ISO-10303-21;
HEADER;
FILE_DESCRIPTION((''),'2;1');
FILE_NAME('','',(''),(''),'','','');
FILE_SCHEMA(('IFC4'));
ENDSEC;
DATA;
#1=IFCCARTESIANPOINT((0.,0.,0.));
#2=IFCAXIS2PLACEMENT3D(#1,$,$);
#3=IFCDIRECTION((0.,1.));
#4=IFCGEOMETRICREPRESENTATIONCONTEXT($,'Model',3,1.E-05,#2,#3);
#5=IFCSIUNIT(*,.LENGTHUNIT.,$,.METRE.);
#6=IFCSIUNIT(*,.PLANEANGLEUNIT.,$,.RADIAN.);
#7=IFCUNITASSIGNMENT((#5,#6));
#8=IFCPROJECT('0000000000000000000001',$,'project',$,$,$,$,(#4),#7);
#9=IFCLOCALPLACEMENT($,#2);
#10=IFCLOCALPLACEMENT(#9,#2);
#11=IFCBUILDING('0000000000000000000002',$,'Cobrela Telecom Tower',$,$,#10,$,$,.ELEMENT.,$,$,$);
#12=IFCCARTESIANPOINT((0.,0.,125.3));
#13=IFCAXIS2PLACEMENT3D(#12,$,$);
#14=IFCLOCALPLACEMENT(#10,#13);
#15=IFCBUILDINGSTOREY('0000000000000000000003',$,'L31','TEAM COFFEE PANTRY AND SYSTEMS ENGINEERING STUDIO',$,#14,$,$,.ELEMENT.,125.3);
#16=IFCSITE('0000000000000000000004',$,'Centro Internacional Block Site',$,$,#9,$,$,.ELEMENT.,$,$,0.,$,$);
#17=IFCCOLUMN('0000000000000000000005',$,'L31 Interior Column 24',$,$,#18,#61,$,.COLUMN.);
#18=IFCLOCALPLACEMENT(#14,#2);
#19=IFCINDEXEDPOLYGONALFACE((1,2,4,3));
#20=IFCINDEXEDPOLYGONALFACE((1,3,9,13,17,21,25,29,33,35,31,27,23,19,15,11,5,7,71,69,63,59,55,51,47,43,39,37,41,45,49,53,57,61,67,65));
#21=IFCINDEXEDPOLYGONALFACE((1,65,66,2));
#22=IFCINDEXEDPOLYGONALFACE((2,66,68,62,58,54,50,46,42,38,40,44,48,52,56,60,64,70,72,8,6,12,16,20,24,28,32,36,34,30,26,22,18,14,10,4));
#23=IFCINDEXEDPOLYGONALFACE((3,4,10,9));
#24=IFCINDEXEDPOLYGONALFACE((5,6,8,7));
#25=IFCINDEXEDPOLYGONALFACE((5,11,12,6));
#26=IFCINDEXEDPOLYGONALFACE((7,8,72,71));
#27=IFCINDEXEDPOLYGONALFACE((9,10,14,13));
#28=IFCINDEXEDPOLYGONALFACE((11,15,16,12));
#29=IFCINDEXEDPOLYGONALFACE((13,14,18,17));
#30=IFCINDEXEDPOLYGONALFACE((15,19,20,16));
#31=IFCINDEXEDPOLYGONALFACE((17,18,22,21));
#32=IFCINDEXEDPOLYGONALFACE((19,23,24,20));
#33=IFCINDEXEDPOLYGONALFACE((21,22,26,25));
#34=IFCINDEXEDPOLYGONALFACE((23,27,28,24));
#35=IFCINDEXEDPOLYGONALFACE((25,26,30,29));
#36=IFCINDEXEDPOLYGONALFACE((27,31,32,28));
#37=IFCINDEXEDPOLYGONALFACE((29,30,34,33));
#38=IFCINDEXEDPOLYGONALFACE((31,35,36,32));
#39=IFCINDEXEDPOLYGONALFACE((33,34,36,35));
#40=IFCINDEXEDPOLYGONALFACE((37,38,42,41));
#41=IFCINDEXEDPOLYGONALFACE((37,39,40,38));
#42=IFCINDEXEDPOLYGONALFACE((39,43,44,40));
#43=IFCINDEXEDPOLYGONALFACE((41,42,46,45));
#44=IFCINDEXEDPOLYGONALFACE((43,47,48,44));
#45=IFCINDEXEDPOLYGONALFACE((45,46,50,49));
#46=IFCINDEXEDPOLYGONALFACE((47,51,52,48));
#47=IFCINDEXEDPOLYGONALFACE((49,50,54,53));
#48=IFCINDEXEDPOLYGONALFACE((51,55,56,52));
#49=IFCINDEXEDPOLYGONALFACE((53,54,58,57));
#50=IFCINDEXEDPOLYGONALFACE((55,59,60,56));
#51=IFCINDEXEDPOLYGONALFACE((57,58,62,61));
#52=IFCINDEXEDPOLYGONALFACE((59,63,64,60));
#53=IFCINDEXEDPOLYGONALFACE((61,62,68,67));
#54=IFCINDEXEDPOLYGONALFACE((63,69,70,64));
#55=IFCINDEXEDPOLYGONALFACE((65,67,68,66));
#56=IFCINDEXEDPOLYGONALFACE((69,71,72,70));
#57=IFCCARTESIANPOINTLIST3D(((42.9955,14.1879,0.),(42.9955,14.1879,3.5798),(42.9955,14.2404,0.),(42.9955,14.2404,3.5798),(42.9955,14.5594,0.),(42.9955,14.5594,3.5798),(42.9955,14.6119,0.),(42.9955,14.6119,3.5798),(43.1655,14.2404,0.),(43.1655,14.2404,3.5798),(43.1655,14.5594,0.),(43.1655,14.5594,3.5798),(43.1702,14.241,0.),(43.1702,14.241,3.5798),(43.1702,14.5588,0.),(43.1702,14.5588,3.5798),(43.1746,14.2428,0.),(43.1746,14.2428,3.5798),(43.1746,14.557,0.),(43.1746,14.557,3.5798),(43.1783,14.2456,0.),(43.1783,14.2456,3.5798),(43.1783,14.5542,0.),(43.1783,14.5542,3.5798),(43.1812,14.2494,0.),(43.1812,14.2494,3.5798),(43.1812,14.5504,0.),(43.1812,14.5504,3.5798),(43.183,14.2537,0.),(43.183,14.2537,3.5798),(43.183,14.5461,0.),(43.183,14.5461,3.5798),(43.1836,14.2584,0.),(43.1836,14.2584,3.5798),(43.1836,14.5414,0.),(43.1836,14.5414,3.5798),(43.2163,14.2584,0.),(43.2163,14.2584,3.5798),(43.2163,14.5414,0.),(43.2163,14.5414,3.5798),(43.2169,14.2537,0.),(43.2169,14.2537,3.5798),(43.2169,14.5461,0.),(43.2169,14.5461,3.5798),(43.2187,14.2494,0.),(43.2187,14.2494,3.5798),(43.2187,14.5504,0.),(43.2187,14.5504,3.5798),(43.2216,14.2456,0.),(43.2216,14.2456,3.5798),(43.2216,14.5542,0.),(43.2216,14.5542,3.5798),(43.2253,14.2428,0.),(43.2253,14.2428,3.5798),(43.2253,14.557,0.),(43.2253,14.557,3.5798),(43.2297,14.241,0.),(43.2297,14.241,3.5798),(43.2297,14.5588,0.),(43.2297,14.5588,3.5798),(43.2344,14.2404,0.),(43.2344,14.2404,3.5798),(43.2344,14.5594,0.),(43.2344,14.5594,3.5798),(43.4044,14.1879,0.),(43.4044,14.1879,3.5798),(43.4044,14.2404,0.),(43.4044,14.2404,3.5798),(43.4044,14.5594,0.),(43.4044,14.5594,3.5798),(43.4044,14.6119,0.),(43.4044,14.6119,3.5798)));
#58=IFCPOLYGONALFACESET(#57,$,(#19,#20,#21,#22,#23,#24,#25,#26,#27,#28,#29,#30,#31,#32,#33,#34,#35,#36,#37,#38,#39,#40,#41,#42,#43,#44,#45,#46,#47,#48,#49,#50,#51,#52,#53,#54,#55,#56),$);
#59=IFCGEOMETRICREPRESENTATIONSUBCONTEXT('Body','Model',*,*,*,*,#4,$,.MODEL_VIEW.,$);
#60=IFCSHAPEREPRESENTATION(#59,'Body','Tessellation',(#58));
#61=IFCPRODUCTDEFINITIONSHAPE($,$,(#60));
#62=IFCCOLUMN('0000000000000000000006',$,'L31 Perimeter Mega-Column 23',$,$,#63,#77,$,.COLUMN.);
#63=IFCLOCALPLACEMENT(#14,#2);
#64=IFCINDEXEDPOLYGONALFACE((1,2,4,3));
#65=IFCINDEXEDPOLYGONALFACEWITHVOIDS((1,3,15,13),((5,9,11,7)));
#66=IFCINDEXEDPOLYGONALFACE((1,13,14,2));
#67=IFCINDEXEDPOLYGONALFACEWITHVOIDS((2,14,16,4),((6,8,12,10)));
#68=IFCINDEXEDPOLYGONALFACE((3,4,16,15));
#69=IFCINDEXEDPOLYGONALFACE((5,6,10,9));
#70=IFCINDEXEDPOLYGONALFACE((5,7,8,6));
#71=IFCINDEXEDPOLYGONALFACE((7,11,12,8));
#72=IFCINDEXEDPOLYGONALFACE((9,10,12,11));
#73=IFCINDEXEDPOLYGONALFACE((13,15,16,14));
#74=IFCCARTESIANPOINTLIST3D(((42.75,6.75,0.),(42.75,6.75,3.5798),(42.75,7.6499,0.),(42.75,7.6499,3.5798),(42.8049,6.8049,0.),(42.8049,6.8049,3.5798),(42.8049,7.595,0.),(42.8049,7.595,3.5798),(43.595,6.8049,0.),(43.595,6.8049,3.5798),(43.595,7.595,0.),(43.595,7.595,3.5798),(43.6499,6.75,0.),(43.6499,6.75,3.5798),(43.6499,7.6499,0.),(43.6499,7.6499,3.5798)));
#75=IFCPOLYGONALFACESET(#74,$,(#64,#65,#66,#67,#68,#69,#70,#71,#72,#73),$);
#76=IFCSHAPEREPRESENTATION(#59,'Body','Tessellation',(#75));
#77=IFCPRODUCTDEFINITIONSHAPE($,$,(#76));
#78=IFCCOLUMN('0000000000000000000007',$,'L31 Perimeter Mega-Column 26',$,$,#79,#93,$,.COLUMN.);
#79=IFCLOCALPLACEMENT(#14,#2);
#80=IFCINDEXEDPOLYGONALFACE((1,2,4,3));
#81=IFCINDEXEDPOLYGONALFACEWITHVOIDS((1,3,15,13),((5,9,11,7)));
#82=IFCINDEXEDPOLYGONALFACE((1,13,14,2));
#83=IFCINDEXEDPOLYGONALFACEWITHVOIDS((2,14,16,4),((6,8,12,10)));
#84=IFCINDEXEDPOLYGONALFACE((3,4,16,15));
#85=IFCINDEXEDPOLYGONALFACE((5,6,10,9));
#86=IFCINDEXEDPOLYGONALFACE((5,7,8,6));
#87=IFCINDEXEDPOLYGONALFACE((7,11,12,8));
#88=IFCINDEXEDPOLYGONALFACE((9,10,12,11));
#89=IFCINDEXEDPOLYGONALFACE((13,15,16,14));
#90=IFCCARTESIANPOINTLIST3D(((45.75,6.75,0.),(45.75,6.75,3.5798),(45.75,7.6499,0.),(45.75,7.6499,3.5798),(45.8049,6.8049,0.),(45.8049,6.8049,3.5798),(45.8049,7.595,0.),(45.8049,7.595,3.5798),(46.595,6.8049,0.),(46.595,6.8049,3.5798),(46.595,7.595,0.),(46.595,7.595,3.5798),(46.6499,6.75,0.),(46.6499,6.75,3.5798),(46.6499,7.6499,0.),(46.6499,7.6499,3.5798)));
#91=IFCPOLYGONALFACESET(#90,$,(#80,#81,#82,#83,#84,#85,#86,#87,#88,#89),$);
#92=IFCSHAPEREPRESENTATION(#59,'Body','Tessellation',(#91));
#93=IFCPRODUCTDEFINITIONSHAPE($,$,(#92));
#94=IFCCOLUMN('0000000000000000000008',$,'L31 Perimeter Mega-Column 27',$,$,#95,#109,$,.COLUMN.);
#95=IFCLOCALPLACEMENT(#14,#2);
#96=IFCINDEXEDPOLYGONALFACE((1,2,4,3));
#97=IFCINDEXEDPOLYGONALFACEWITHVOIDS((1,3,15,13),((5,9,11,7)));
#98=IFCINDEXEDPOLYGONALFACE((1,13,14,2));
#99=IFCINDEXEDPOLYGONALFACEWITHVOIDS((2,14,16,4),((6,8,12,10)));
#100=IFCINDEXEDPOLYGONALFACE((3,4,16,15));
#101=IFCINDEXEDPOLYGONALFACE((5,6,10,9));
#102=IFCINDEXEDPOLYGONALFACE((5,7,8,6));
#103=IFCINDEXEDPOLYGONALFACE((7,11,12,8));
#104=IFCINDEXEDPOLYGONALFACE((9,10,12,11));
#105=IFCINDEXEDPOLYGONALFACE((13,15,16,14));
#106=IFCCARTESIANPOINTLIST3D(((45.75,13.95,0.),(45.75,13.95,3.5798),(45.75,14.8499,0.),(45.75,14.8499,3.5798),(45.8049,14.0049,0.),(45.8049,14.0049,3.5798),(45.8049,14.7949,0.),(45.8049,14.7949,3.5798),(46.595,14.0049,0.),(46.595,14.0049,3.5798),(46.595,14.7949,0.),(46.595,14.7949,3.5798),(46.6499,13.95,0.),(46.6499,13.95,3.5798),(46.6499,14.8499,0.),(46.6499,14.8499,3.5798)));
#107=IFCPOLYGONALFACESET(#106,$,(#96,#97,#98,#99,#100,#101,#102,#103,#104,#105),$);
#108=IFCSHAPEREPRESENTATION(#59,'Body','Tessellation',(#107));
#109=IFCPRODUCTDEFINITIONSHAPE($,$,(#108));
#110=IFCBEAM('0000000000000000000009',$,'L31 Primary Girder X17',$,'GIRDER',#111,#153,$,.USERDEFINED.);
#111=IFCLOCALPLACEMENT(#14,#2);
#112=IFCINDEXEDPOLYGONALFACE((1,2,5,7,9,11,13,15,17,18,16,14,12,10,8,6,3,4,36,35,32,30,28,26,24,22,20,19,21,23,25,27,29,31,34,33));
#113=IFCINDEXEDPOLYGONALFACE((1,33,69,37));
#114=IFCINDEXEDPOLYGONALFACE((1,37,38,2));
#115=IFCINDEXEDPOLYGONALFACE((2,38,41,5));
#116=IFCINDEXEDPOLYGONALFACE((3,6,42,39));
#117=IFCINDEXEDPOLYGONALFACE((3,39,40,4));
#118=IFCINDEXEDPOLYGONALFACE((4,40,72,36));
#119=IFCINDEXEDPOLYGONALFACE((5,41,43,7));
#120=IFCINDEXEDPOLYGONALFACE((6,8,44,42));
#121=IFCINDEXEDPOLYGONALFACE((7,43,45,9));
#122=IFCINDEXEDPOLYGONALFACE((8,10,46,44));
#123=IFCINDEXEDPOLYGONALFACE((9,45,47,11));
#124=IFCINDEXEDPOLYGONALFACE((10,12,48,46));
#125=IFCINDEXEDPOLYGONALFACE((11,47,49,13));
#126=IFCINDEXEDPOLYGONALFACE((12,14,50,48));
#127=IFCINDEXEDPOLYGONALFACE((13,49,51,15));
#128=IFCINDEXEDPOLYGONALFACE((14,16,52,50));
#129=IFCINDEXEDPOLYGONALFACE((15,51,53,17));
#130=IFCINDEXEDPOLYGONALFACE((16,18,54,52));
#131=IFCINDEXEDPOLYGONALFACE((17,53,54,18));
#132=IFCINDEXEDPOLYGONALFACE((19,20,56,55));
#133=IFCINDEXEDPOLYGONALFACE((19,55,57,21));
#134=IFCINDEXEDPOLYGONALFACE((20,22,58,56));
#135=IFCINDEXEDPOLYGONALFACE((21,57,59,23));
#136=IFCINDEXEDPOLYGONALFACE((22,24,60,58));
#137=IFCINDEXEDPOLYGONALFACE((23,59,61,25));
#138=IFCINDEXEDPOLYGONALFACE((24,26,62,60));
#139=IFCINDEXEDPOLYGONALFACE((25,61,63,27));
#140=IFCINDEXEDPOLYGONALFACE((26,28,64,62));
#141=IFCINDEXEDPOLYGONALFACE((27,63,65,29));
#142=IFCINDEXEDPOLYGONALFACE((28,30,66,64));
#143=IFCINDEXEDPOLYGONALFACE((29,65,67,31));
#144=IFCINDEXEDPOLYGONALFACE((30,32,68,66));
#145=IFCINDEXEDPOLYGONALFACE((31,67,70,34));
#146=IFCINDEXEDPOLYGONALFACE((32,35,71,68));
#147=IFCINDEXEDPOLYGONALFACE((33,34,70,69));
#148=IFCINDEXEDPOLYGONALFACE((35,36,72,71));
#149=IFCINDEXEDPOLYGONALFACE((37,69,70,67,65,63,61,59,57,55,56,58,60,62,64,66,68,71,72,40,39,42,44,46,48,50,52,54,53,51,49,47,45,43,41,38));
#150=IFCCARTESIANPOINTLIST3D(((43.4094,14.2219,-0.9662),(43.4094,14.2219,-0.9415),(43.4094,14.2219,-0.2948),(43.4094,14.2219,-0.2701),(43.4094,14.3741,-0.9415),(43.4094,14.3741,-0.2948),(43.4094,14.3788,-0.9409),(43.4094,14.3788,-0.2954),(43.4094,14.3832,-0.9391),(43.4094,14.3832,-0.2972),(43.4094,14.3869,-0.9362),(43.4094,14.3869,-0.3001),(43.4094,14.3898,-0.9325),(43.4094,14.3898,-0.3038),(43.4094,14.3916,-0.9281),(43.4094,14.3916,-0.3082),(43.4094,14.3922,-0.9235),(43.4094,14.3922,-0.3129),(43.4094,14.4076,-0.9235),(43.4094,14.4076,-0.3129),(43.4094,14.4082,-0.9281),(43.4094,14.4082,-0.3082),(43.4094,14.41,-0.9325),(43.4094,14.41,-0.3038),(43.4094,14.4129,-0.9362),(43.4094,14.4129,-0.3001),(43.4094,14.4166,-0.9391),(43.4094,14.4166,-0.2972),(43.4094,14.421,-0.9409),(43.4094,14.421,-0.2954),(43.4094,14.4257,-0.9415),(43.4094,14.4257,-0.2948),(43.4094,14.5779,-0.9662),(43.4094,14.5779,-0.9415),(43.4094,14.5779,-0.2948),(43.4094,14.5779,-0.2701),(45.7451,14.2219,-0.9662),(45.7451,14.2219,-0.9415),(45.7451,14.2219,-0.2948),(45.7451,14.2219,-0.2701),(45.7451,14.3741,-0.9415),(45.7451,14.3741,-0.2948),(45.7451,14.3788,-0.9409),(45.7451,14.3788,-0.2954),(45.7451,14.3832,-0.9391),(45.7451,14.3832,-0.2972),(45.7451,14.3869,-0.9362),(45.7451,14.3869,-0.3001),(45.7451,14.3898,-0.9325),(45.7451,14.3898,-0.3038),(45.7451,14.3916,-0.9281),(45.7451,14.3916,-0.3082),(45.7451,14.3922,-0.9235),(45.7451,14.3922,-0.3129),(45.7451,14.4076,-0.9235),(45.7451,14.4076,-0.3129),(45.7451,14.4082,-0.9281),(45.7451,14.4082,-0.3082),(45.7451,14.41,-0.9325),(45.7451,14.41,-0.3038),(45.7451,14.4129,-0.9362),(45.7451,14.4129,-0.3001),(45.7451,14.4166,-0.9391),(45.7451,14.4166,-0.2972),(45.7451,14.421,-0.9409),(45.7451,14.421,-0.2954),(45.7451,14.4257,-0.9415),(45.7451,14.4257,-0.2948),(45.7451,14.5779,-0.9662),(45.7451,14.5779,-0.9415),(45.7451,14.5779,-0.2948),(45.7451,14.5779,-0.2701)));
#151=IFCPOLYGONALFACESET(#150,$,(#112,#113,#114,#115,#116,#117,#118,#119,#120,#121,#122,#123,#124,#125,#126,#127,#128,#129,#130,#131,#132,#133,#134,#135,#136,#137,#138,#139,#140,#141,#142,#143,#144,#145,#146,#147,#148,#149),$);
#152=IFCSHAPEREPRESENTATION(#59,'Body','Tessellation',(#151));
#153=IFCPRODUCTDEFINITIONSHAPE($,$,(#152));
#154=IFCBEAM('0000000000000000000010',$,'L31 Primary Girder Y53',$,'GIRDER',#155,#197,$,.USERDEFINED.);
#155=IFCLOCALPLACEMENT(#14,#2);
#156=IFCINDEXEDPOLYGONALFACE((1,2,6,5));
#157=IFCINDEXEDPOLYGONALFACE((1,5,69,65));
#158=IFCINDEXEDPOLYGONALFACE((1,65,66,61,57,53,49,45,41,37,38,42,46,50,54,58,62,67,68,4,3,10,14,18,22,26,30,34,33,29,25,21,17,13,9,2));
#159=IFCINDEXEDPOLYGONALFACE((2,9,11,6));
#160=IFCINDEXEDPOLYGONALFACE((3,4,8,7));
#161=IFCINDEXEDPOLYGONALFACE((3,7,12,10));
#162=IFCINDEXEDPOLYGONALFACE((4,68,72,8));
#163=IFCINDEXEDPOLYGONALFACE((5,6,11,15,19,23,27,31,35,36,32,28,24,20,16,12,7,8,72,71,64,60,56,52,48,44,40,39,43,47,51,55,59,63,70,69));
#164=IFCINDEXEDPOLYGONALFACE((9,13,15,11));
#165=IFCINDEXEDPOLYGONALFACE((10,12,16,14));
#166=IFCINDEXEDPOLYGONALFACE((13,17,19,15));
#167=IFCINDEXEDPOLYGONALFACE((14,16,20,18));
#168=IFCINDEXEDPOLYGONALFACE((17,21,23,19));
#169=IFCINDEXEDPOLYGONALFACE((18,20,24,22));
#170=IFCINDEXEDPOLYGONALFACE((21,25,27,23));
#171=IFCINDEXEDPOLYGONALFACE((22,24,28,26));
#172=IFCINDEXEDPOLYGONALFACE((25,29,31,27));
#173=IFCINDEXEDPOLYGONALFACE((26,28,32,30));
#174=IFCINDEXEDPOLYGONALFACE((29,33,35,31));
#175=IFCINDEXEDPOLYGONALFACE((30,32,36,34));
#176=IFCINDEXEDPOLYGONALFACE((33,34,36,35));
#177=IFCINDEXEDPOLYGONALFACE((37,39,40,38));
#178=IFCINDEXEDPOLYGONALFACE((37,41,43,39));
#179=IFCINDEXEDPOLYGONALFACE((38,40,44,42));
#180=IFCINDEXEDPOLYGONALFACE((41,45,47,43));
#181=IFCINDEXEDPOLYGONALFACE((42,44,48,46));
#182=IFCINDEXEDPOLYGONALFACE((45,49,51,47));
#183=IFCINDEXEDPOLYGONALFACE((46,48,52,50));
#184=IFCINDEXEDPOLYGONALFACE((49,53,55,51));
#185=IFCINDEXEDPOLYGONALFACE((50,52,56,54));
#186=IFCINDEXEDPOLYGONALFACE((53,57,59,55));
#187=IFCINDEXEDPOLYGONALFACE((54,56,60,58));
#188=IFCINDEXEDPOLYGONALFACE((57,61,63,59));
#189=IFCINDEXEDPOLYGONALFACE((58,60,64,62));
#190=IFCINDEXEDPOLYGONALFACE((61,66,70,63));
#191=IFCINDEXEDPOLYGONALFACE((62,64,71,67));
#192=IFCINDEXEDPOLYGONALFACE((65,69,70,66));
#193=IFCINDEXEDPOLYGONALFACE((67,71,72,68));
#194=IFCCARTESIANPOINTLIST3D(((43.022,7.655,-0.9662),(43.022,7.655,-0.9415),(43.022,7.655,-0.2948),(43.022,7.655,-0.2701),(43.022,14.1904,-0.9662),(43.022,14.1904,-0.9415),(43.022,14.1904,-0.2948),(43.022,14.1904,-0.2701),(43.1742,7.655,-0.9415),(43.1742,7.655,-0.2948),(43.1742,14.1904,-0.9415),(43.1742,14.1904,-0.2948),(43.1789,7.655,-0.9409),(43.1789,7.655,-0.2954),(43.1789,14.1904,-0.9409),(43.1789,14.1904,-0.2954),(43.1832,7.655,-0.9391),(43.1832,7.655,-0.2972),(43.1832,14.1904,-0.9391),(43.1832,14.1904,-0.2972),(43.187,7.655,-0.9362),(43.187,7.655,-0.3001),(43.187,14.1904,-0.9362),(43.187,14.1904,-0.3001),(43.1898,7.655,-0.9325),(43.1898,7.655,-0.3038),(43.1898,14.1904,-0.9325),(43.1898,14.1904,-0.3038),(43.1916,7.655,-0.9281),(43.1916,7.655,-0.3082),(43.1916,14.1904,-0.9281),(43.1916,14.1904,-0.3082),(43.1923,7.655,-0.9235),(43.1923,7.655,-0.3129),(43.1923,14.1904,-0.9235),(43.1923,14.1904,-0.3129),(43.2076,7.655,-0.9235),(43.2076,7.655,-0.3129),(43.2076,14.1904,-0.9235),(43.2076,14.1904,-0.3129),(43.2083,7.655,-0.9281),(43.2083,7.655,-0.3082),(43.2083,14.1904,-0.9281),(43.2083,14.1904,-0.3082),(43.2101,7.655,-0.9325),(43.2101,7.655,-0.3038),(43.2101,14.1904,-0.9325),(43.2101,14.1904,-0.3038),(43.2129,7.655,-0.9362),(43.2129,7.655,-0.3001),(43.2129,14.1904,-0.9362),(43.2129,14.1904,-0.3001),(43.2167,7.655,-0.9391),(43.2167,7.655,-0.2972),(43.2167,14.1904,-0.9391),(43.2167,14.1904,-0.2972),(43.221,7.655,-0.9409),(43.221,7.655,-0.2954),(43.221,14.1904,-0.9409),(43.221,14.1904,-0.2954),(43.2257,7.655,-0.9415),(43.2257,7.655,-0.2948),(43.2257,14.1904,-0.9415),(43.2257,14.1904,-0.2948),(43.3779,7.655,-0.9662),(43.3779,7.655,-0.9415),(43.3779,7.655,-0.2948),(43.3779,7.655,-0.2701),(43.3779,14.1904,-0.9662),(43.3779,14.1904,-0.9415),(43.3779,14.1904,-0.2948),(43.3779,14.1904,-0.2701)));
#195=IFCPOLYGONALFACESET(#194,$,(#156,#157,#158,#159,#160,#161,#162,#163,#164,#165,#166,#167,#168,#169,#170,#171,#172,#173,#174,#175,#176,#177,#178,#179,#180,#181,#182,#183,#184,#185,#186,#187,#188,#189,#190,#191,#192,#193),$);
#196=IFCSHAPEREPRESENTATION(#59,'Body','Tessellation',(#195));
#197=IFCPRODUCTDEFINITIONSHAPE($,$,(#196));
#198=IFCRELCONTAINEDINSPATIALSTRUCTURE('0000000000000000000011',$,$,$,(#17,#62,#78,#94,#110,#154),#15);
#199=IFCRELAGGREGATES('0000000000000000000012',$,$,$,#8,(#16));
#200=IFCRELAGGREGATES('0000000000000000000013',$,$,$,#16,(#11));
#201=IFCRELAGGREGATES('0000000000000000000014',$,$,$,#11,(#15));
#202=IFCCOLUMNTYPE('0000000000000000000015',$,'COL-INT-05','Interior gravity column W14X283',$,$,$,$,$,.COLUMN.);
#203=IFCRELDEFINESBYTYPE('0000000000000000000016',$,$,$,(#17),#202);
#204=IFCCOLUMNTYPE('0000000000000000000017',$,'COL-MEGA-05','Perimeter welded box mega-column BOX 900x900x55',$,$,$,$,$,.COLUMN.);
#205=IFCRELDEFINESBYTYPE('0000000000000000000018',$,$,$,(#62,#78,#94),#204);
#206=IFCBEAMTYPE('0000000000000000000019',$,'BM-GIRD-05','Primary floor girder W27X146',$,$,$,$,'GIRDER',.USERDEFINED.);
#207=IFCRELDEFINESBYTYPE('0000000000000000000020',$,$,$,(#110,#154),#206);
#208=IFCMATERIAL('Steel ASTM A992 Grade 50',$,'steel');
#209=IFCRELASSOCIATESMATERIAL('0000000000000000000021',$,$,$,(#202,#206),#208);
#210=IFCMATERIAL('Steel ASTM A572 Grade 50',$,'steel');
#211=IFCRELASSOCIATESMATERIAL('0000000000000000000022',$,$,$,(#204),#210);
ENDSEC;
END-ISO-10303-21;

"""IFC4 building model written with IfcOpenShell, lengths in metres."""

from ifc_helpers import new_model, si_unit, direction, frame, origin, origin_2d, place, context, subcontext, project, spatial, hollow_rectangle, i_section, extrude, material, material_profile, profile_set, type_object, element, save


model = new_model("IFC4")

# Units and contexts
model_context = context("Model", 3, precision=1e-05, world=origin(), true_north=direction((0.0, 1.0)))
body_context = subcontext(model_context, "Body", "Model", "MODEL_VIEW")
ifc_project = project(units=[si_unit("LENGTHUNIT", "METRE"), si_unit("PLANEANGLEUNIT", "RADIAN")], contexts=[model_context])

# Site, building, storey
site_placement = place(None, origin())
site = spatial("IfcSite", under=ifc_project, at=site_placement, Name="Centro Internacional Block Site", CompositionType="ELEMENT", RefElevation=0.0)
building_placement = place(site_placement, origin())
building = spatial("IfcBuilding", under=site, at=building_placement, Name="Cobrela Telecom Tower", CompositionType="ELEMENT")
storey_placement = place(building_placement, frame((0.0, 0.0, 125.3)))
storey = spatial("IfcBuildingStorey", under=building, at=storey_placement, Name="L31", Description="TEAM COFFEE PANTRY AND SYSTEMS ENGINEERING STUDIO", CompositionType="ELEMENT", Elevation=125.3)

# Columns
ifc_material_1 = material(Name="Steel ASTM A992 Grade 50", Category="steel")
ifc_material_profile_1 = material_profile(ifc_material_1, i_section(OverallWidth=0.4089, OverallDepth=0.4241, WebThickness=0.0327, FlangeThickness=0.0525, FilletRadius=0.0181, at=origin_2d()), Name="W14X283")
ifc_profile_set_1 = profile_set([ifc_material_profile_1], Name="Steel ASTM A992 Grade 50")
column_type_1 = type_object("IfcColumnType", Name="COL-INT-05", Description="Interior gravity column W14X283", PredefinedType="COLUMN", material=ifc_profile_set_1)
column_placement = place(storey_placement, frame((43.2, 14.3999, 0.0), z_axis=(0.0, 0.0, 1.0), x_axis=(1.0, 0.0, 0.0)))
element("IfcColumn", 1, at=column_placement, inside=storey, type_object=column_type_1, Name="L31 Interior Column 24", PredefinedType="COLUMN", context=body_context, shape_type="SweptSolid", body=[
    extrude(i_section(OverallWidth=0.4089, OverallDepth=0.4241, WebThickness=0.0327, FlangeThickness=0.0525, FilletRadius=0.0181, at=origin_2d()), origin(), (0.0, 0.0, 1.0), 3.5798),
])
ifc_material_2 = material(Name="Steel ASTM A572 Grade 50", Category="steel")
ifc_material_profile_2 = material_profile(ifc_material_2, hollow_rectangle(XDim=0.8999, YDim=0.8999, WallThickness=0.0549, at=origin_2d()), Name="BOX 900x900x55")
ifc_profile_set_2 = profile_set([ifc_material_profile_2], Name="Steel ASTM A572 Grade 50")
column_type_2 = type_object("IfcColumnType", Name="COL-MEGA-05", Description="Perimeter welded box mega-column BOX 900x900x55", PredefinedType="COLUMN", material=ifc_profile_set_2)
for number, where, z_axis, x_axis, name in (
    (2, (43.2, 7.2, 0.0), (0.0, 0.0, 1.0), (1.0, 0.0, 0.0), "L31 Perimeter Mega-Column 23"),
    (3, (46.2, 7.2, 0.0), (0.0, 0.0, 1.0), (1.0, 0.0, 0.0), "L31 Perimeter Mega-Column 26"),
    (4, (46.2, 14.3999, 0.0), (0.0, 0.0, 1.0), (1.0, 0.0, 0.0), "L31 Perimeter Mega-Column 27"),
):
    element("IfcColumn", number, at=place(storey_placement, frame(where, z_axis=z_axis, x_axis=x_axis)), inside=storey, type_object=column_type_2, Name=name, PredefinedType="COLUMN", context=body_context, shape_type="SweptSolid", body=[
        extrude(hollow_rectangle(XDim=0.8999, YDim=0.8999, WallThickness=0.0549, at=origin_2d()), origin(), (0.0, 0.0, 1.0), 3.5798),
    ])

# Beams
ifc_material_profile_3 = material_profile(ifc_material_1, i_section(OverallWidth=0.356, OverallDepth=0.696, WebThickness=0.0154, FlangeThickness=0.0247, FilletRadius=0.0181, at=origin_2d()), Name="W27X146")
ifc_profile_set_3 = profile_set([ifc_material_profile_3], Name="Steel ASTM A992 Grade 50")
beam_type_1 = type_object("IfcBeamType", Name="BM-GIRD-05", Description="Primary floor girder W27X146", ElementType="GIRDER", PredefinedType="USERDEFINED", material=ifc_profile_set_3)
beam_1_placement = place(storey_placement, frame((43.4094, 14.3999, -0.6182), z_axis=(1.0, 0.0, 0.0), x_axis=(0.0, 1.0, 0.0)))
element("IfcBeam", 5, at=beam_1_placement, inside=storey, type_object=beam_type_1, Name="L31 Primary Girder X17", ObjectType="GIRDER", PredefinedType="USERDEFINED", context=body_context, shape_type="SweptSolid", body=[
    extrude(i_section(OverallWidth=0.356, OverallDepth=0.696, WebThickness=0.0154, FlangeThickness=0.0247, FilletRadius=0.0181, at=origin_2d()), origin(), (0.0, 0.0, 1.0), 2.3357),
])
beam_2_placement = place(storey_placement, frame((43.2, 7.655, -0.6182), z_axis=(0.0, 1.0, 0.0), x_axis=(-1.0, 0.0, 0.0)))
element("IfcBeam", 6, at=beam_2_placement, inside=storey, type_object=beam_type_1, Name="L31 Primary Girder Y53", ObjectType="GIRDER", PredefinedType="USERDEFINED", context=body_context, shape_type="SweptSolid", body=[
    extrude(i_section(OverallWidth=0.356, OverallDepth=0.696, WebThickness=0.0154, FlangeThickness=0.0247, FilletRadius=0.0181, at=origin_2d()), origin(), (0.0, 0.0, 1.0), 6.5354),
])

save(model, "model.ifc")
